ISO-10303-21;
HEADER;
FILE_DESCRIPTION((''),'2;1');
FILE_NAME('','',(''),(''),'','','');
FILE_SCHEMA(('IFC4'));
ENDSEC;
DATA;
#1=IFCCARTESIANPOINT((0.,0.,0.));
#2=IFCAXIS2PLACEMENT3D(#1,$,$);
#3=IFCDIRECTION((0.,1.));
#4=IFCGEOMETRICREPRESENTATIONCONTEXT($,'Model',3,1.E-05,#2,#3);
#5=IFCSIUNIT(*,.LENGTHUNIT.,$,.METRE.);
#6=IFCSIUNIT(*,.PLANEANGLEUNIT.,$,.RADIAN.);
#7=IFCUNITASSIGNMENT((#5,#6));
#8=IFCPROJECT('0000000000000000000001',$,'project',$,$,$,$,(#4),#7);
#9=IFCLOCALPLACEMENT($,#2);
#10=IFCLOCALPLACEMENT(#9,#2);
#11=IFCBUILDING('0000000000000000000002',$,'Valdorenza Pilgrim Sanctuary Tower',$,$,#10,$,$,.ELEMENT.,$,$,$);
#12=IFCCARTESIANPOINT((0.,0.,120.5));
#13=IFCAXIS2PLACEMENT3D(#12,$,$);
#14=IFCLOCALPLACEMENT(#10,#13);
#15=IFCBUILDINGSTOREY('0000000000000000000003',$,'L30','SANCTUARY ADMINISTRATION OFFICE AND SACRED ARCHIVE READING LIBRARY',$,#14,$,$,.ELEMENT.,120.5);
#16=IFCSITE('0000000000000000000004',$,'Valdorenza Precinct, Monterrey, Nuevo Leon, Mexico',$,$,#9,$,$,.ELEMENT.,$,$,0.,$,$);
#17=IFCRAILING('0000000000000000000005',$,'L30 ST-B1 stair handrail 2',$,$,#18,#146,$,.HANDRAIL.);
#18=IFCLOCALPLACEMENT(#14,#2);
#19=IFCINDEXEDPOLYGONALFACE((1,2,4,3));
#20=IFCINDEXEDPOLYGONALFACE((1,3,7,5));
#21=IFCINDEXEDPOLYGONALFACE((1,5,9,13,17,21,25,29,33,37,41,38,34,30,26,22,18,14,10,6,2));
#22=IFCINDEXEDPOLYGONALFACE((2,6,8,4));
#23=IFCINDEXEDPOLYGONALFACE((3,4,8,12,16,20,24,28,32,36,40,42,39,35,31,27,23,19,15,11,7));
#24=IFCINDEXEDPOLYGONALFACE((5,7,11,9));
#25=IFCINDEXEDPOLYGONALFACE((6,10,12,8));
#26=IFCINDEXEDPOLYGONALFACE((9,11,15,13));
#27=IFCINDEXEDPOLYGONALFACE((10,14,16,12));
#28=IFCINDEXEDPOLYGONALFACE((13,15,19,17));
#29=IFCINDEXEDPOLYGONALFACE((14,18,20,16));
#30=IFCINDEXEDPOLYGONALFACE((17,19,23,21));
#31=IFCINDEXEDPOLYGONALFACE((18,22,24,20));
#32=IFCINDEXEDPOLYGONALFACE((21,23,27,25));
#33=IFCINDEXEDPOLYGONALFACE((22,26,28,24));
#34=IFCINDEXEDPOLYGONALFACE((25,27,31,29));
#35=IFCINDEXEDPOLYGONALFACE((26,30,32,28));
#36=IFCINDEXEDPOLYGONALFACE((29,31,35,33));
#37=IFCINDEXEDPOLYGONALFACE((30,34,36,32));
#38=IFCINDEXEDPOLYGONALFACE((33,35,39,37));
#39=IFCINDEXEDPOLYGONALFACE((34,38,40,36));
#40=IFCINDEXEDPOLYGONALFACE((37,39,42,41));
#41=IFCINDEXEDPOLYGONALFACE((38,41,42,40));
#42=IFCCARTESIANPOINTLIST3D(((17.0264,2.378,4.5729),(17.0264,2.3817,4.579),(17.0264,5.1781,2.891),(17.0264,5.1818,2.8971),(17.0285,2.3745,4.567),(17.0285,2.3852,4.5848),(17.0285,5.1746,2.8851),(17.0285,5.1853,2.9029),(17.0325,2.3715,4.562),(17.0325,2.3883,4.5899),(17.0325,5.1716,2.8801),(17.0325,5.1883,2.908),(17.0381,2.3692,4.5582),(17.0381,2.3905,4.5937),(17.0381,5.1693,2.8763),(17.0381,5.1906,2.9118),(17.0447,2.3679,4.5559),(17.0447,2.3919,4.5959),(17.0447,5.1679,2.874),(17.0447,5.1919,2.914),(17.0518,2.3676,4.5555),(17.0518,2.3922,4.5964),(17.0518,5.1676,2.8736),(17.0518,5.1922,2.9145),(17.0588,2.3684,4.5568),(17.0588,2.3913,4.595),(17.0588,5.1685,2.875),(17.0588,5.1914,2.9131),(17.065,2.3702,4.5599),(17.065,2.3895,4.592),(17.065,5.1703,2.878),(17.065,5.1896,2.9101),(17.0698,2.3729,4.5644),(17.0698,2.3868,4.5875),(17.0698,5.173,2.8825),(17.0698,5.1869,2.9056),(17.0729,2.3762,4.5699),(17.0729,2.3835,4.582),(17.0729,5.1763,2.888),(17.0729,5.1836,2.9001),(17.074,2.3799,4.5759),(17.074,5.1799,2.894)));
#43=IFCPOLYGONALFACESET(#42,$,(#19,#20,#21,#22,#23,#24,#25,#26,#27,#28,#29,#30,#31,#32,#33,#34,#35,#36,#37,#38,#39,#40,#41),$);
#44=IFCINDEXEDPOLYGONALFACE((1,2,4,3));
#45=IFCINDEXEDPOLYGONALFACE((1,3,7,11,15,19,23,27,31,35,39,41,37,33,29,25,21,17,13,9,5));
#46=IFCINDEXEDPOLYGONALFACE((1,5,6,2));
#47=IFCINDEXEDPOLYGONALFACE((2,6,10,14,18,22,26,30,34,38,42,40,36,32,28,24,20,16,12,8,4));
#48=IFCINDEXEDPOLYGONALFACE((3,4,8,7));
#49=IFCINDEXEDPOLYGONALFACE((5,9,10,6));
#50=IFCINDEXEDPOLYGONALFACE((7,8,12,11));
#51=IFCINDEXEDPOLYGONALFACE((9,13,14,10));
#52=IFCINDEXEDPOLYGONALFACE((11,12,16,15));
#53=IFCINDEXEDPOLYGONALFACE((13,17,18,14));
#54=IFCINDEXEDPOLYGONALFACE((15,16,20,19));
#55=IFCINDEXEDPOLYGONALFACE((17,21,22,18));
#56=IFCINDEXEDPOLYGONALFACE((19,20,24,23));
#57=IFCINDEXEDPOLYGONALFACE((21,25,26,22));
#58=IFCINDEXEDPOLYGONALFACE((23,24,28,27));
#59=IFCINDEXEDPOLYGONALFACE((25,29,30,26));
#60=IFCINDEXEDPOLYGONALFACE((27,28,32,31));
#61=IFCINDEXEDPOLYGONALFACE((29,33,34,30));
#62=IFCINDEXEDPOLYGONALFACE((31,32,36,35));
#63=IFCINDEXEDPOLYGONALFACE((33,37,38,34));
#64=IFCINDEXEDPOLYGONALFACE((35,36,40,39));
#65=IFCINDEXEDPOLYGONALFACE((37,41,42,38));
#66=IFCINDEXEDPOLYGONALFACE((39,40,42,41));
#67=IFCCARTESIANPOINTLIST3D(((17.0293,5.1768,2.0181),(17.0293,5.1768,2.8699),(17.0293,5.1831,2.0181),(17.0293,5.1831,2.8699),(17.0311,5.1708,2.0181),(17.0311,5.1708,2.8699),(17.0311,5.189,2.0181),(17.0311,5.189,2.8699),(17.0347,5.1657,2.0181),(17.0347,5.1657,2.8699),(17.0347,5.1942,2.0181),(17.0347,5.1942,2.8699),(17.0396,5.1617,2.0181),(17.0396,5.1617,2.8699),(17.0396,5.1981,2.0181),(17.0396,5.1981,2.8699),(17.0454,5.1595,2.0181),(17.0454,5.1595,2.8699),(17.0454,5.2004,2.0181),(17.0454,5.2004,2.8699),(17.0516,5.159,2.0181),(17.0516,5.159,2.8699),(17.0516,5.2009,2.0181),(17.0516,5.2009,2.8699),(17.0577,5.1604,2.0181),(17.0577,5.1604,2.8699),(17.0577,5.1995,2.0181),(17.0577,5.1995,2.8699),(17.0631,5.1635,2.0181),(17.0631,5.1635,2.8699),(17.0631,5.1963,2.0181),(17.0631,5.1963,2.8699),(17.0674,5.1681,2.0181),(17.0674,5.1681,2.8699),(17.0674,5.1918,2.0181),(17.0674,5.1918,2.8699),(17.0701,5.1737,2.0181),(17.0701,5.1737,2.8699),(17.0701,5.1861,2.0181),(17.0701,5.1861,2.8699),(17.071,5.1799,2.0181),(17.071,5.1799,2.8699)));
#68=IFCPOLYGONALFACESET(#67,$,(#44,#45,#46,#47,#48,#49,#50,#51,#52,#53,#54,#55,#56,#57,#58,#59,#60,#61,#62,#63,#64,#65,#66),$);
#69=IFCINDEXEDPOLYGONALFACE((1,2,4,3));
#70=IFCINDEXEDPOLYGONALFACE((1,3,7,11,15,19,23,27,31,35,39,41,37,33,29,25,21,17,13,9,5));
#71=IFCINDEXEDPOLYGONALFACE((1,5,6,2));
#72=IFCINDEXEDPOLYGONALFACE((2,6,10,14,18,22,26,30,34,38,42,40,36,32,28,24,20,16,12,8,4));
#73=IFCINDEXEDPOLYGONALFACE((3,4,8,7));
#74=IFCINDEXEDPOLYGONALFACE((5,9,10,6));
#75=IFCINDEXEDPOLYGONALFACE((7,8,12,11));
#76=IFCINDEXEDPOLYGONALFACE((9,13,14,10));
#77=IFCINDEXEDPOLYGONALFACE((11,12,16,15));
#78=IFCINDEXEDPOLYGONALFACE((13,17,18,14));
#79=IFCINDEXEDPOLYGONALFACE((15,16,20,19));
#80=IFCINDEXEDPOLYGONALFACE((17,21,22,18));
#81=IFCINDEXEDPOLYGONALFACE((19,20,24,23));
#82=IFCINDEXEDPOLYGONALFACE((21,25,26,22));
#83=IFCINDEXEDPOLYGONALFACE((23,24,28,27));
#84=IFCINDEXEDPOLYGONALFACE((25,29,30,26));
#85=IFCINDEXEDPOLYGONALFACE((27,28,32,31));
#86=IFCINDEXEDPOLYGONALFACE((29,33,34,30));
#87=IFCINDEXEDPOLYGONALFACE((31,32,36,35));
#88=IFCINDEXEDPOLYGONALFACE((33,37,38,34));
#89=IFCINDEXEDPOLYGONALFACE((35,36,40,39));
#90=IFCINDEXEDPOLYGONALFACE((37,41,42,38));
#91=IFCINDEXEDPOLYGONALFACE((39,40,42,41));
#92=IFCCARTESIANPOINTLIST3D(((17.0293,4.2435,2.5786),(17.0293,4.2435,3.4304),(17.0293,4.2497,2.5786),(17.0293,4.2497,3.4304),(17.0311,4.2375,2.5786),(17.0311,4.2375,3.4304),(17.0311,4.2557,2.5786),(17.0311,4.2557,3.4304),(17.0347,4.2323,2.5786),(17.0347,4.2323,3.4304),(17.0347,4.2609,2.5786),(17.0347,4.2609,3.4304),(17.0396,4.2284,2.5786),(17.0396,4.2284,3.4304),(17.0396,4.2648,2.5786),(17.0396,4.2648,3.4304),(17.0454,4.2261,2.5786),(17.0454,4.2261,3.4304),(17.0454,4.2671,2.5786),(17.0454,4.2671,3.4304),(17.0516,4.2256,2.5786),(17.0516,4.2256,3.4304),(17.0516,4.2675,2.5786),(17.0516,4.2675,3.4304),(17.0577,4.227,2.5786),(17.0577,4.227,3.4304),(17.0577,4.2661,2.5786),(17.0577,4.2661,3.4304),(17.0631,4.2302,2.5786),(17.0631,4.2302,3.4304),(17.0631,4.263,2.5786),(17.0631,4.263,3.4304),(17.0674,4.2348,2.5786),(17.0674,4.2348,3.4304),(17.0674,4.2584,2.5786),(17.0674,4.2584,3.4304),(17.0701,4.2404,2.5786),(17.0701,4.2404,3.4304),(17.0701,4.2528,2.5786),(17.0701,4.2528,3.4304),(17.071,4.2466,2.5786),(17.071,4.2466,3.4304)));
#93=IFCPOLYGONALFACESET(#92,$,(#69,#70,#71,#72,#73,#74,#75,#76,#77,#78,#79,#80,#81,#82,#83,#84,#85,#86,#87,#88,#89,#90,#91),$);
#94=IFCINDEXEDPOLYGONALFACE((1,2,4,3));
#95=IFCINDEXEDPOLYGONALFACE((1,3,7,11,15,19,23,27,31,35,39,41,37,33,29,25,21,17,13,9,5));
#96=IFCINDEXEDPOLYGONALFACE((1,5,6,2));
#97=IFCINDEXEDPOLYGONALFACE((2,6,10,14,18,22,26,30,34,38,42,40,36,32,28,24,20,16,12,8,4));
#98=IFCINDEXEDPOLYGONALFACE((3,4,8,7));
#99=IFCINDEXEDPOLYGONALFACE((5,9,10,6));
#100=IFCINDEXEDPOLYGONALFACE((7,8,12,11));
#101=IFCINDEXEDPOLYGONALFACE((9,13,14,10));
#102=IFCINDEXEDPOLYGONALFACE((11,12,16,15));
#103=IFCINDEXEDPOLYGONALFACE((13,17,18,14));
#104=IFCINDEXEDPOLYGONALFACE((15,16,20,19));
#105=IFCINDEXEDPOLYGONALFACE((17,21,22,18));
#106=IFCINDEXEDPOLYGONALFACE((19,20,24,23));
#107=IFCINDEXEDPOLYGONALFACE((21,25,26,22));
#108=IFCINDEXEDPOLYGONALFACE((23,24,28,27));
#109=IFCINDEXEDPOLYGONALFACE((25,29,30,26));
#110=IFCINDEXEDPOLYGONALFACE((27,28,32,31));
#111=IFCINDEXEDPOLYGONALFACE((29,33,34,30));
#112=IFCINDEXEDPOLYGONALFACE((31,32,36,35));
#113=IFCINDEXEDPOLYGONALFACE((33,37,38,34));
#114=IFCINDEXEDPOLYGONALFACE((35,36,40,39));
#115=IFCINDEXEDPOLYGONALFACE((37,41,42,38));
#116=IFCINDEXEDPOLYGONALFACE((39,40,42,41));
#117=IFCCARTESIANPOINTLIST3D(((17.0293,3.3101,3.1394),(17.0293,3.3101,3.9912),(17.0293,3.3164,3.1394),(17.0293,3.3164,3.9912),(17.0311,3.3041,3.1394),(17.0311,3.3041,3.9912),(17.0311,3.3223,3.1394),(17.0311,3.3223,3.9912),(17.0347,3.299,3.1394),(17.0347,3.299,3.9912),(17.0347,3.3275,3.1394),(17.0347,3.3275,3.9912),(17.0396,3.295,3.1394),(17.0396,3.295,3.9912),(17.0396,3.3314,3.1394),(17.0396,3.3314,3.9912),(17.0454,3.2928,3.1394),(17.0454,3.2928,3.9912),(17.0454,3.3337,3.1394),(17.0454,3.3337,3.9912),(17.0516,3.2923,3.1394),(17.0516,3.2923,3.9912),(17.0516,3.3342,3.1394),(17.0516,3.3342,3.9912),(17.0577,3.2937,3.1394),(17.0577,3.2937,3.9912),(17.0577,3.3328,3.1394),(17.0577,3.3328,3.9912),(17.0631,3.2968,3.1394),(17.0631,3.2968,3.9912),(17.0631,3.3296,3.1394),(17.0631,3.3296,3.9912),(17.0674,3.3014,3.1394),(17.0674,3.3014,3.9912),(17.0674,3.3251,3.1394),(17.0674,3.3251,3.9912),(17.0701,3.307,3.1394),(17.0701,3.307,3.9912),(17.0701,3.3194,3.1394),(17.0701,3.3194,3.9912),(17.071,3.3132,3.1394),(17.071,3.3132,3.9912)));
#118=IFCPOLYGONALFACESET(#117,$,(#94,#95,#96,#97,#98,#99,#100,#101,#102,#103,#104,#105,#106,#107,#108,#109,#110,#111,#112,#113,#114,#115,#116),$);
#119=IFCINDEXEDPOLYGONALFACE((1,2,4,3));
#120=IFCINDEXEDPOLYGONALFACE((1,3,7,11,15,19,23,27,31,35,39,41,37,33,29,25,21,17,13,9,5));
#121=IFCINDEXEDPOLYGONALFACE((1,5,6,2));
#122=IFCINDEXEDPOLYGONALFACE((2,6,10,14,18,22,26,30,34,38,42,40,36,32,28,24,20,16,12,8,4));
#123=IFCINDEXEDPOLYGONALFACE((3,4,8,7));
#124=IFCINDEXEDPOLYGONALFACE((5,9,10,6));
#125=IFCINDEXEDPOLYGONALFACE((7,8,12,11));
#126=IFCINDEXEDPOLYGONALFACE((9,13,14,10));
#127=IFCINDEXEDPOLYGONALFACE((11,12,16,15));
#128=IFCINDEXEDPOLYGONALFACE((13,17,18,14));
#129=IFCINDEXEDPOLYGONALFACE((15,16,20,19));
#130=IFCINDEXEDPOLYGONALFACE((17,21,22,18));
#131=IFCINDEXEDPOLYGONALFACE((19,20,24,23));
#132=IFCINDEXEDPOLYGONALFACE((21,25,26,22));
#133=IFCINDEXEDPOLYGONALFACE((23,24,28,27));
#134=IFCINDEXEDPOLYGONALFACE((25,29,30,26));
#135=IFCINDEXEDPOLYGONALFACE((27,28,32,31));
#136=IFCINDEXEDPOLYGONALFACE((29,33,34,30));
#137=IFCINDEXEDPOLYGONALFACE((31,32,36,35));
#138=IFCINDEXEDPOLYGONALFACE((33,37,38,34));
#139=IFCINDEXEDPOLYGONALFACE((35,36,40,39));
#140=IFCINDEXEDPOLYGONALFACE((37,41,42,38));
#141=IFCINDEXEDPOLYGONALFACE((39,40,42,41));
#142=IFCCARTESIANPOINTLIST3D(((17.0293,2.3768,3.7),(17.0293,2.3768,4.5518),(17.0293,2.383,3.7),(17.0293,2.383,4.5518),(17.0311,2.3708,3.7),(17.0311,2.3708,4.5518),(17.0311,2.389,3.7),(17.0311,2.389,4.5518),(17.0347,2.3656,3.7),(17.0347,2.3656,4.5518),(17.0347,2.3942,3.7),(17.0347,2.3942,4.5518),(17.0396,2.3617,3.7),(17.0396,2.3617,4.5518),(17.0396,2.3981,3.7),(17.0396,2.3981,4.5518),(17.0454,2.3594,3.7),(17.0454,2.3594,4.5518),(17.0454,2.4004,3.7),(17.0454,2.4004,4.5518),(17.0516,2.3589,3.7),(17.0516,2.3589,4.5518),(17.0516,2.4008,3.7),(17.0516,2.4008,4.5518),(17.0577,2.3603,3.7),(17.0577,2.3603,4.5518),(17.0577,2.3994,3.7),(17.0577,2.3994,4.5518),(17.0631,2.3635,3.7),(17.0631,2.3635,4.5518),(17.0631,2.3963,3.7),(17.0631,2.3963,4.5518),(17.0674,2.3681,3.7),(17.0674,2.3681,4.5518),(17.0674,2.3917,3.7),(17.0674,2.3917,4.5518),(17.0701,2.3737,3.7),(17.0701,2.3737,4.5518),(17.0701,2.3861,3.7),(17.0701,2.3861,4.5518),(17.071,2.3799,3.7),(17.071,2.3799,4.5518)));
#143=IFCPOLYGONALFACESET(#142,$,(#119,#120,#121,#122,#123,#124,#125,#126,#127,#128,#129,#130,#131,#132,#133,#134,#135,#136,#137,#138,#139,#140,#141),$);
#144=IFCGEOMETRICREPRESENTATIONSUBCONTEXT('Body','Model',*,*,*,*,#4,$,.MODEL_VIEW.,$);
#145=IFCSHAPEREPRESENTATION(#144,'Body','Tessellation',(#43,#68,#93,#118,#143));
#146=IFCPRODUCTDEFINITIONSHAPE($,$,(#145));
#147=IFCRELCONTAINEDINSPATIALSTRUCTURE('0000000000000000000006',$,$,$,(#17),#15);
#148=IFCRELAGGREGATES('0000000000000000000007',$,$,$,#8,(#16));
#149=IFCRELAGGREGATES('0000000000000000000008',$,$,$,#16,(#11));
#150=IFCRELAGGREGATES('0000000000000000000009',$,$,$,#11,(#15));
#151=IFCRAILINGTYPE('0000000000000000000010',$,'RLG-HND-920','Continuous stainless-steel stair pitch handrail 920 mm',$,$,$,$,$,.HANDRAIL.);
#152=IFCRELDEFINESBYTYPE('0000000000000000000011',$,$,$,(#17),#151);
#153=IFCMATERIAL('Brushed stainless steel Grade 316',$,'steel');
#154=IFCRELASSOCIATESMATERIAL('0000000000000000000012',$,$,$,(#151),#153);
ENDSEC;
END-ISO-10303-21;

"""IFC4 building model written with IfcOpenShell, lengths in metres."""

from ifc_helpers import new_model, si_unit, direction, frame, origin, origin_2d, place, context, subcontext, project, spatial, circle, extrude, material, type_object, element, save


model = new_model("IFC4")

# Units and contexts
model_context = context("Model", 3, precision=1e-05, world=origin(), true_north=direction((0.0, 1.0)))
body_context = subcontext(model_context, "Body", "Model", "MODEL_VIEW")
ifc_project = project(units=[si_unit("LENGTHUNIT", "METRE"), si_unit("PLANEANGLEUNIT", "RADIAN")], contexts=[model_context])

# Site, building, storey
site_placement = place(None, origin())
site = spatial("IfcSite", under=ifc_project, at=site_placement, Name="Valdorenza Precinct, Monterrey, Nuevo Leon, Mexico", CompositionType="ELEMENT", RefElevation=0.0)
building_placement = place(site_placement, origin())
building = spatial("IfcBuilding", under=site, at=building_placement, Name="Valdorenza Pilgrim Sanctuary Tower", CompositionType="ELEMENT")
storey_placement = place(building_placement, frame((0.0, 0.0, 120.5)))
storey = spatial("IfcBuildingStorey", under=building, at=storey_placement, Name="L30", Description="SANCTUARY ADMINISTRATION OFFICE AND SACRED ARCHIVE READING LIBRARY", CompositionType="ELEMENT", Elevation=120.5)

# Shared definitions
ifc_material_1 = material(Name="Brushed stainless steel Grade 316", Category="steel")

# Railing
railing_type_1 = type_object("IfcRailingType", Name="RLG-HND-920", Description="Continuous stainless-steel stair pitch handrail 920 mm", PredefinedType="HANDRAIL", material=ifc_material_1)
railing_1_placement = place(storey_placement, frame((17.05, 5.1799, 2.0181)))
element("IfcRailing", 1, at=railing_1_placement, inside=storey, type_object=railing_type_1, Name="L30 ST-B1 stair handrail 2", PredefinedType="HANDRAIL", context=body_context, shape_type="SweptSolid", body=[
    extrude(circle(Radius=0.0239, at=origin_2d()), frame((0.0, 0.0, 0.876), z_axis=(0.0, -0.857242, 0.514913), x_axis=(1.0, 0.0, 0.0)), (0.0, 0.0, 1.0), 3.2664),
    extrude(circle(Radius=0.021, at=origin_2d()), origin(), (0.0, 0.0, 1.0), 0.8518),
    extrude(circle(Radius=0.021, at=origin_2d()), frame((0.0, -0.9333, 0.5605)), (0.0, 0.0, 1.0), 0.8518),
    extrude(circle(Radius=0.021, at=origin_2d()), frame((0.0, -1.8667, 1.1213)), (0.0, 0.0, 1.0), 0.8518),
    extrude(circle(Radius=0.021, at=origin_2d()), frame((0.0, -2.8, 1.6819)), (0.0, 0.0, 1.0), 0.8518),
])

save(model, "model.ifc")
